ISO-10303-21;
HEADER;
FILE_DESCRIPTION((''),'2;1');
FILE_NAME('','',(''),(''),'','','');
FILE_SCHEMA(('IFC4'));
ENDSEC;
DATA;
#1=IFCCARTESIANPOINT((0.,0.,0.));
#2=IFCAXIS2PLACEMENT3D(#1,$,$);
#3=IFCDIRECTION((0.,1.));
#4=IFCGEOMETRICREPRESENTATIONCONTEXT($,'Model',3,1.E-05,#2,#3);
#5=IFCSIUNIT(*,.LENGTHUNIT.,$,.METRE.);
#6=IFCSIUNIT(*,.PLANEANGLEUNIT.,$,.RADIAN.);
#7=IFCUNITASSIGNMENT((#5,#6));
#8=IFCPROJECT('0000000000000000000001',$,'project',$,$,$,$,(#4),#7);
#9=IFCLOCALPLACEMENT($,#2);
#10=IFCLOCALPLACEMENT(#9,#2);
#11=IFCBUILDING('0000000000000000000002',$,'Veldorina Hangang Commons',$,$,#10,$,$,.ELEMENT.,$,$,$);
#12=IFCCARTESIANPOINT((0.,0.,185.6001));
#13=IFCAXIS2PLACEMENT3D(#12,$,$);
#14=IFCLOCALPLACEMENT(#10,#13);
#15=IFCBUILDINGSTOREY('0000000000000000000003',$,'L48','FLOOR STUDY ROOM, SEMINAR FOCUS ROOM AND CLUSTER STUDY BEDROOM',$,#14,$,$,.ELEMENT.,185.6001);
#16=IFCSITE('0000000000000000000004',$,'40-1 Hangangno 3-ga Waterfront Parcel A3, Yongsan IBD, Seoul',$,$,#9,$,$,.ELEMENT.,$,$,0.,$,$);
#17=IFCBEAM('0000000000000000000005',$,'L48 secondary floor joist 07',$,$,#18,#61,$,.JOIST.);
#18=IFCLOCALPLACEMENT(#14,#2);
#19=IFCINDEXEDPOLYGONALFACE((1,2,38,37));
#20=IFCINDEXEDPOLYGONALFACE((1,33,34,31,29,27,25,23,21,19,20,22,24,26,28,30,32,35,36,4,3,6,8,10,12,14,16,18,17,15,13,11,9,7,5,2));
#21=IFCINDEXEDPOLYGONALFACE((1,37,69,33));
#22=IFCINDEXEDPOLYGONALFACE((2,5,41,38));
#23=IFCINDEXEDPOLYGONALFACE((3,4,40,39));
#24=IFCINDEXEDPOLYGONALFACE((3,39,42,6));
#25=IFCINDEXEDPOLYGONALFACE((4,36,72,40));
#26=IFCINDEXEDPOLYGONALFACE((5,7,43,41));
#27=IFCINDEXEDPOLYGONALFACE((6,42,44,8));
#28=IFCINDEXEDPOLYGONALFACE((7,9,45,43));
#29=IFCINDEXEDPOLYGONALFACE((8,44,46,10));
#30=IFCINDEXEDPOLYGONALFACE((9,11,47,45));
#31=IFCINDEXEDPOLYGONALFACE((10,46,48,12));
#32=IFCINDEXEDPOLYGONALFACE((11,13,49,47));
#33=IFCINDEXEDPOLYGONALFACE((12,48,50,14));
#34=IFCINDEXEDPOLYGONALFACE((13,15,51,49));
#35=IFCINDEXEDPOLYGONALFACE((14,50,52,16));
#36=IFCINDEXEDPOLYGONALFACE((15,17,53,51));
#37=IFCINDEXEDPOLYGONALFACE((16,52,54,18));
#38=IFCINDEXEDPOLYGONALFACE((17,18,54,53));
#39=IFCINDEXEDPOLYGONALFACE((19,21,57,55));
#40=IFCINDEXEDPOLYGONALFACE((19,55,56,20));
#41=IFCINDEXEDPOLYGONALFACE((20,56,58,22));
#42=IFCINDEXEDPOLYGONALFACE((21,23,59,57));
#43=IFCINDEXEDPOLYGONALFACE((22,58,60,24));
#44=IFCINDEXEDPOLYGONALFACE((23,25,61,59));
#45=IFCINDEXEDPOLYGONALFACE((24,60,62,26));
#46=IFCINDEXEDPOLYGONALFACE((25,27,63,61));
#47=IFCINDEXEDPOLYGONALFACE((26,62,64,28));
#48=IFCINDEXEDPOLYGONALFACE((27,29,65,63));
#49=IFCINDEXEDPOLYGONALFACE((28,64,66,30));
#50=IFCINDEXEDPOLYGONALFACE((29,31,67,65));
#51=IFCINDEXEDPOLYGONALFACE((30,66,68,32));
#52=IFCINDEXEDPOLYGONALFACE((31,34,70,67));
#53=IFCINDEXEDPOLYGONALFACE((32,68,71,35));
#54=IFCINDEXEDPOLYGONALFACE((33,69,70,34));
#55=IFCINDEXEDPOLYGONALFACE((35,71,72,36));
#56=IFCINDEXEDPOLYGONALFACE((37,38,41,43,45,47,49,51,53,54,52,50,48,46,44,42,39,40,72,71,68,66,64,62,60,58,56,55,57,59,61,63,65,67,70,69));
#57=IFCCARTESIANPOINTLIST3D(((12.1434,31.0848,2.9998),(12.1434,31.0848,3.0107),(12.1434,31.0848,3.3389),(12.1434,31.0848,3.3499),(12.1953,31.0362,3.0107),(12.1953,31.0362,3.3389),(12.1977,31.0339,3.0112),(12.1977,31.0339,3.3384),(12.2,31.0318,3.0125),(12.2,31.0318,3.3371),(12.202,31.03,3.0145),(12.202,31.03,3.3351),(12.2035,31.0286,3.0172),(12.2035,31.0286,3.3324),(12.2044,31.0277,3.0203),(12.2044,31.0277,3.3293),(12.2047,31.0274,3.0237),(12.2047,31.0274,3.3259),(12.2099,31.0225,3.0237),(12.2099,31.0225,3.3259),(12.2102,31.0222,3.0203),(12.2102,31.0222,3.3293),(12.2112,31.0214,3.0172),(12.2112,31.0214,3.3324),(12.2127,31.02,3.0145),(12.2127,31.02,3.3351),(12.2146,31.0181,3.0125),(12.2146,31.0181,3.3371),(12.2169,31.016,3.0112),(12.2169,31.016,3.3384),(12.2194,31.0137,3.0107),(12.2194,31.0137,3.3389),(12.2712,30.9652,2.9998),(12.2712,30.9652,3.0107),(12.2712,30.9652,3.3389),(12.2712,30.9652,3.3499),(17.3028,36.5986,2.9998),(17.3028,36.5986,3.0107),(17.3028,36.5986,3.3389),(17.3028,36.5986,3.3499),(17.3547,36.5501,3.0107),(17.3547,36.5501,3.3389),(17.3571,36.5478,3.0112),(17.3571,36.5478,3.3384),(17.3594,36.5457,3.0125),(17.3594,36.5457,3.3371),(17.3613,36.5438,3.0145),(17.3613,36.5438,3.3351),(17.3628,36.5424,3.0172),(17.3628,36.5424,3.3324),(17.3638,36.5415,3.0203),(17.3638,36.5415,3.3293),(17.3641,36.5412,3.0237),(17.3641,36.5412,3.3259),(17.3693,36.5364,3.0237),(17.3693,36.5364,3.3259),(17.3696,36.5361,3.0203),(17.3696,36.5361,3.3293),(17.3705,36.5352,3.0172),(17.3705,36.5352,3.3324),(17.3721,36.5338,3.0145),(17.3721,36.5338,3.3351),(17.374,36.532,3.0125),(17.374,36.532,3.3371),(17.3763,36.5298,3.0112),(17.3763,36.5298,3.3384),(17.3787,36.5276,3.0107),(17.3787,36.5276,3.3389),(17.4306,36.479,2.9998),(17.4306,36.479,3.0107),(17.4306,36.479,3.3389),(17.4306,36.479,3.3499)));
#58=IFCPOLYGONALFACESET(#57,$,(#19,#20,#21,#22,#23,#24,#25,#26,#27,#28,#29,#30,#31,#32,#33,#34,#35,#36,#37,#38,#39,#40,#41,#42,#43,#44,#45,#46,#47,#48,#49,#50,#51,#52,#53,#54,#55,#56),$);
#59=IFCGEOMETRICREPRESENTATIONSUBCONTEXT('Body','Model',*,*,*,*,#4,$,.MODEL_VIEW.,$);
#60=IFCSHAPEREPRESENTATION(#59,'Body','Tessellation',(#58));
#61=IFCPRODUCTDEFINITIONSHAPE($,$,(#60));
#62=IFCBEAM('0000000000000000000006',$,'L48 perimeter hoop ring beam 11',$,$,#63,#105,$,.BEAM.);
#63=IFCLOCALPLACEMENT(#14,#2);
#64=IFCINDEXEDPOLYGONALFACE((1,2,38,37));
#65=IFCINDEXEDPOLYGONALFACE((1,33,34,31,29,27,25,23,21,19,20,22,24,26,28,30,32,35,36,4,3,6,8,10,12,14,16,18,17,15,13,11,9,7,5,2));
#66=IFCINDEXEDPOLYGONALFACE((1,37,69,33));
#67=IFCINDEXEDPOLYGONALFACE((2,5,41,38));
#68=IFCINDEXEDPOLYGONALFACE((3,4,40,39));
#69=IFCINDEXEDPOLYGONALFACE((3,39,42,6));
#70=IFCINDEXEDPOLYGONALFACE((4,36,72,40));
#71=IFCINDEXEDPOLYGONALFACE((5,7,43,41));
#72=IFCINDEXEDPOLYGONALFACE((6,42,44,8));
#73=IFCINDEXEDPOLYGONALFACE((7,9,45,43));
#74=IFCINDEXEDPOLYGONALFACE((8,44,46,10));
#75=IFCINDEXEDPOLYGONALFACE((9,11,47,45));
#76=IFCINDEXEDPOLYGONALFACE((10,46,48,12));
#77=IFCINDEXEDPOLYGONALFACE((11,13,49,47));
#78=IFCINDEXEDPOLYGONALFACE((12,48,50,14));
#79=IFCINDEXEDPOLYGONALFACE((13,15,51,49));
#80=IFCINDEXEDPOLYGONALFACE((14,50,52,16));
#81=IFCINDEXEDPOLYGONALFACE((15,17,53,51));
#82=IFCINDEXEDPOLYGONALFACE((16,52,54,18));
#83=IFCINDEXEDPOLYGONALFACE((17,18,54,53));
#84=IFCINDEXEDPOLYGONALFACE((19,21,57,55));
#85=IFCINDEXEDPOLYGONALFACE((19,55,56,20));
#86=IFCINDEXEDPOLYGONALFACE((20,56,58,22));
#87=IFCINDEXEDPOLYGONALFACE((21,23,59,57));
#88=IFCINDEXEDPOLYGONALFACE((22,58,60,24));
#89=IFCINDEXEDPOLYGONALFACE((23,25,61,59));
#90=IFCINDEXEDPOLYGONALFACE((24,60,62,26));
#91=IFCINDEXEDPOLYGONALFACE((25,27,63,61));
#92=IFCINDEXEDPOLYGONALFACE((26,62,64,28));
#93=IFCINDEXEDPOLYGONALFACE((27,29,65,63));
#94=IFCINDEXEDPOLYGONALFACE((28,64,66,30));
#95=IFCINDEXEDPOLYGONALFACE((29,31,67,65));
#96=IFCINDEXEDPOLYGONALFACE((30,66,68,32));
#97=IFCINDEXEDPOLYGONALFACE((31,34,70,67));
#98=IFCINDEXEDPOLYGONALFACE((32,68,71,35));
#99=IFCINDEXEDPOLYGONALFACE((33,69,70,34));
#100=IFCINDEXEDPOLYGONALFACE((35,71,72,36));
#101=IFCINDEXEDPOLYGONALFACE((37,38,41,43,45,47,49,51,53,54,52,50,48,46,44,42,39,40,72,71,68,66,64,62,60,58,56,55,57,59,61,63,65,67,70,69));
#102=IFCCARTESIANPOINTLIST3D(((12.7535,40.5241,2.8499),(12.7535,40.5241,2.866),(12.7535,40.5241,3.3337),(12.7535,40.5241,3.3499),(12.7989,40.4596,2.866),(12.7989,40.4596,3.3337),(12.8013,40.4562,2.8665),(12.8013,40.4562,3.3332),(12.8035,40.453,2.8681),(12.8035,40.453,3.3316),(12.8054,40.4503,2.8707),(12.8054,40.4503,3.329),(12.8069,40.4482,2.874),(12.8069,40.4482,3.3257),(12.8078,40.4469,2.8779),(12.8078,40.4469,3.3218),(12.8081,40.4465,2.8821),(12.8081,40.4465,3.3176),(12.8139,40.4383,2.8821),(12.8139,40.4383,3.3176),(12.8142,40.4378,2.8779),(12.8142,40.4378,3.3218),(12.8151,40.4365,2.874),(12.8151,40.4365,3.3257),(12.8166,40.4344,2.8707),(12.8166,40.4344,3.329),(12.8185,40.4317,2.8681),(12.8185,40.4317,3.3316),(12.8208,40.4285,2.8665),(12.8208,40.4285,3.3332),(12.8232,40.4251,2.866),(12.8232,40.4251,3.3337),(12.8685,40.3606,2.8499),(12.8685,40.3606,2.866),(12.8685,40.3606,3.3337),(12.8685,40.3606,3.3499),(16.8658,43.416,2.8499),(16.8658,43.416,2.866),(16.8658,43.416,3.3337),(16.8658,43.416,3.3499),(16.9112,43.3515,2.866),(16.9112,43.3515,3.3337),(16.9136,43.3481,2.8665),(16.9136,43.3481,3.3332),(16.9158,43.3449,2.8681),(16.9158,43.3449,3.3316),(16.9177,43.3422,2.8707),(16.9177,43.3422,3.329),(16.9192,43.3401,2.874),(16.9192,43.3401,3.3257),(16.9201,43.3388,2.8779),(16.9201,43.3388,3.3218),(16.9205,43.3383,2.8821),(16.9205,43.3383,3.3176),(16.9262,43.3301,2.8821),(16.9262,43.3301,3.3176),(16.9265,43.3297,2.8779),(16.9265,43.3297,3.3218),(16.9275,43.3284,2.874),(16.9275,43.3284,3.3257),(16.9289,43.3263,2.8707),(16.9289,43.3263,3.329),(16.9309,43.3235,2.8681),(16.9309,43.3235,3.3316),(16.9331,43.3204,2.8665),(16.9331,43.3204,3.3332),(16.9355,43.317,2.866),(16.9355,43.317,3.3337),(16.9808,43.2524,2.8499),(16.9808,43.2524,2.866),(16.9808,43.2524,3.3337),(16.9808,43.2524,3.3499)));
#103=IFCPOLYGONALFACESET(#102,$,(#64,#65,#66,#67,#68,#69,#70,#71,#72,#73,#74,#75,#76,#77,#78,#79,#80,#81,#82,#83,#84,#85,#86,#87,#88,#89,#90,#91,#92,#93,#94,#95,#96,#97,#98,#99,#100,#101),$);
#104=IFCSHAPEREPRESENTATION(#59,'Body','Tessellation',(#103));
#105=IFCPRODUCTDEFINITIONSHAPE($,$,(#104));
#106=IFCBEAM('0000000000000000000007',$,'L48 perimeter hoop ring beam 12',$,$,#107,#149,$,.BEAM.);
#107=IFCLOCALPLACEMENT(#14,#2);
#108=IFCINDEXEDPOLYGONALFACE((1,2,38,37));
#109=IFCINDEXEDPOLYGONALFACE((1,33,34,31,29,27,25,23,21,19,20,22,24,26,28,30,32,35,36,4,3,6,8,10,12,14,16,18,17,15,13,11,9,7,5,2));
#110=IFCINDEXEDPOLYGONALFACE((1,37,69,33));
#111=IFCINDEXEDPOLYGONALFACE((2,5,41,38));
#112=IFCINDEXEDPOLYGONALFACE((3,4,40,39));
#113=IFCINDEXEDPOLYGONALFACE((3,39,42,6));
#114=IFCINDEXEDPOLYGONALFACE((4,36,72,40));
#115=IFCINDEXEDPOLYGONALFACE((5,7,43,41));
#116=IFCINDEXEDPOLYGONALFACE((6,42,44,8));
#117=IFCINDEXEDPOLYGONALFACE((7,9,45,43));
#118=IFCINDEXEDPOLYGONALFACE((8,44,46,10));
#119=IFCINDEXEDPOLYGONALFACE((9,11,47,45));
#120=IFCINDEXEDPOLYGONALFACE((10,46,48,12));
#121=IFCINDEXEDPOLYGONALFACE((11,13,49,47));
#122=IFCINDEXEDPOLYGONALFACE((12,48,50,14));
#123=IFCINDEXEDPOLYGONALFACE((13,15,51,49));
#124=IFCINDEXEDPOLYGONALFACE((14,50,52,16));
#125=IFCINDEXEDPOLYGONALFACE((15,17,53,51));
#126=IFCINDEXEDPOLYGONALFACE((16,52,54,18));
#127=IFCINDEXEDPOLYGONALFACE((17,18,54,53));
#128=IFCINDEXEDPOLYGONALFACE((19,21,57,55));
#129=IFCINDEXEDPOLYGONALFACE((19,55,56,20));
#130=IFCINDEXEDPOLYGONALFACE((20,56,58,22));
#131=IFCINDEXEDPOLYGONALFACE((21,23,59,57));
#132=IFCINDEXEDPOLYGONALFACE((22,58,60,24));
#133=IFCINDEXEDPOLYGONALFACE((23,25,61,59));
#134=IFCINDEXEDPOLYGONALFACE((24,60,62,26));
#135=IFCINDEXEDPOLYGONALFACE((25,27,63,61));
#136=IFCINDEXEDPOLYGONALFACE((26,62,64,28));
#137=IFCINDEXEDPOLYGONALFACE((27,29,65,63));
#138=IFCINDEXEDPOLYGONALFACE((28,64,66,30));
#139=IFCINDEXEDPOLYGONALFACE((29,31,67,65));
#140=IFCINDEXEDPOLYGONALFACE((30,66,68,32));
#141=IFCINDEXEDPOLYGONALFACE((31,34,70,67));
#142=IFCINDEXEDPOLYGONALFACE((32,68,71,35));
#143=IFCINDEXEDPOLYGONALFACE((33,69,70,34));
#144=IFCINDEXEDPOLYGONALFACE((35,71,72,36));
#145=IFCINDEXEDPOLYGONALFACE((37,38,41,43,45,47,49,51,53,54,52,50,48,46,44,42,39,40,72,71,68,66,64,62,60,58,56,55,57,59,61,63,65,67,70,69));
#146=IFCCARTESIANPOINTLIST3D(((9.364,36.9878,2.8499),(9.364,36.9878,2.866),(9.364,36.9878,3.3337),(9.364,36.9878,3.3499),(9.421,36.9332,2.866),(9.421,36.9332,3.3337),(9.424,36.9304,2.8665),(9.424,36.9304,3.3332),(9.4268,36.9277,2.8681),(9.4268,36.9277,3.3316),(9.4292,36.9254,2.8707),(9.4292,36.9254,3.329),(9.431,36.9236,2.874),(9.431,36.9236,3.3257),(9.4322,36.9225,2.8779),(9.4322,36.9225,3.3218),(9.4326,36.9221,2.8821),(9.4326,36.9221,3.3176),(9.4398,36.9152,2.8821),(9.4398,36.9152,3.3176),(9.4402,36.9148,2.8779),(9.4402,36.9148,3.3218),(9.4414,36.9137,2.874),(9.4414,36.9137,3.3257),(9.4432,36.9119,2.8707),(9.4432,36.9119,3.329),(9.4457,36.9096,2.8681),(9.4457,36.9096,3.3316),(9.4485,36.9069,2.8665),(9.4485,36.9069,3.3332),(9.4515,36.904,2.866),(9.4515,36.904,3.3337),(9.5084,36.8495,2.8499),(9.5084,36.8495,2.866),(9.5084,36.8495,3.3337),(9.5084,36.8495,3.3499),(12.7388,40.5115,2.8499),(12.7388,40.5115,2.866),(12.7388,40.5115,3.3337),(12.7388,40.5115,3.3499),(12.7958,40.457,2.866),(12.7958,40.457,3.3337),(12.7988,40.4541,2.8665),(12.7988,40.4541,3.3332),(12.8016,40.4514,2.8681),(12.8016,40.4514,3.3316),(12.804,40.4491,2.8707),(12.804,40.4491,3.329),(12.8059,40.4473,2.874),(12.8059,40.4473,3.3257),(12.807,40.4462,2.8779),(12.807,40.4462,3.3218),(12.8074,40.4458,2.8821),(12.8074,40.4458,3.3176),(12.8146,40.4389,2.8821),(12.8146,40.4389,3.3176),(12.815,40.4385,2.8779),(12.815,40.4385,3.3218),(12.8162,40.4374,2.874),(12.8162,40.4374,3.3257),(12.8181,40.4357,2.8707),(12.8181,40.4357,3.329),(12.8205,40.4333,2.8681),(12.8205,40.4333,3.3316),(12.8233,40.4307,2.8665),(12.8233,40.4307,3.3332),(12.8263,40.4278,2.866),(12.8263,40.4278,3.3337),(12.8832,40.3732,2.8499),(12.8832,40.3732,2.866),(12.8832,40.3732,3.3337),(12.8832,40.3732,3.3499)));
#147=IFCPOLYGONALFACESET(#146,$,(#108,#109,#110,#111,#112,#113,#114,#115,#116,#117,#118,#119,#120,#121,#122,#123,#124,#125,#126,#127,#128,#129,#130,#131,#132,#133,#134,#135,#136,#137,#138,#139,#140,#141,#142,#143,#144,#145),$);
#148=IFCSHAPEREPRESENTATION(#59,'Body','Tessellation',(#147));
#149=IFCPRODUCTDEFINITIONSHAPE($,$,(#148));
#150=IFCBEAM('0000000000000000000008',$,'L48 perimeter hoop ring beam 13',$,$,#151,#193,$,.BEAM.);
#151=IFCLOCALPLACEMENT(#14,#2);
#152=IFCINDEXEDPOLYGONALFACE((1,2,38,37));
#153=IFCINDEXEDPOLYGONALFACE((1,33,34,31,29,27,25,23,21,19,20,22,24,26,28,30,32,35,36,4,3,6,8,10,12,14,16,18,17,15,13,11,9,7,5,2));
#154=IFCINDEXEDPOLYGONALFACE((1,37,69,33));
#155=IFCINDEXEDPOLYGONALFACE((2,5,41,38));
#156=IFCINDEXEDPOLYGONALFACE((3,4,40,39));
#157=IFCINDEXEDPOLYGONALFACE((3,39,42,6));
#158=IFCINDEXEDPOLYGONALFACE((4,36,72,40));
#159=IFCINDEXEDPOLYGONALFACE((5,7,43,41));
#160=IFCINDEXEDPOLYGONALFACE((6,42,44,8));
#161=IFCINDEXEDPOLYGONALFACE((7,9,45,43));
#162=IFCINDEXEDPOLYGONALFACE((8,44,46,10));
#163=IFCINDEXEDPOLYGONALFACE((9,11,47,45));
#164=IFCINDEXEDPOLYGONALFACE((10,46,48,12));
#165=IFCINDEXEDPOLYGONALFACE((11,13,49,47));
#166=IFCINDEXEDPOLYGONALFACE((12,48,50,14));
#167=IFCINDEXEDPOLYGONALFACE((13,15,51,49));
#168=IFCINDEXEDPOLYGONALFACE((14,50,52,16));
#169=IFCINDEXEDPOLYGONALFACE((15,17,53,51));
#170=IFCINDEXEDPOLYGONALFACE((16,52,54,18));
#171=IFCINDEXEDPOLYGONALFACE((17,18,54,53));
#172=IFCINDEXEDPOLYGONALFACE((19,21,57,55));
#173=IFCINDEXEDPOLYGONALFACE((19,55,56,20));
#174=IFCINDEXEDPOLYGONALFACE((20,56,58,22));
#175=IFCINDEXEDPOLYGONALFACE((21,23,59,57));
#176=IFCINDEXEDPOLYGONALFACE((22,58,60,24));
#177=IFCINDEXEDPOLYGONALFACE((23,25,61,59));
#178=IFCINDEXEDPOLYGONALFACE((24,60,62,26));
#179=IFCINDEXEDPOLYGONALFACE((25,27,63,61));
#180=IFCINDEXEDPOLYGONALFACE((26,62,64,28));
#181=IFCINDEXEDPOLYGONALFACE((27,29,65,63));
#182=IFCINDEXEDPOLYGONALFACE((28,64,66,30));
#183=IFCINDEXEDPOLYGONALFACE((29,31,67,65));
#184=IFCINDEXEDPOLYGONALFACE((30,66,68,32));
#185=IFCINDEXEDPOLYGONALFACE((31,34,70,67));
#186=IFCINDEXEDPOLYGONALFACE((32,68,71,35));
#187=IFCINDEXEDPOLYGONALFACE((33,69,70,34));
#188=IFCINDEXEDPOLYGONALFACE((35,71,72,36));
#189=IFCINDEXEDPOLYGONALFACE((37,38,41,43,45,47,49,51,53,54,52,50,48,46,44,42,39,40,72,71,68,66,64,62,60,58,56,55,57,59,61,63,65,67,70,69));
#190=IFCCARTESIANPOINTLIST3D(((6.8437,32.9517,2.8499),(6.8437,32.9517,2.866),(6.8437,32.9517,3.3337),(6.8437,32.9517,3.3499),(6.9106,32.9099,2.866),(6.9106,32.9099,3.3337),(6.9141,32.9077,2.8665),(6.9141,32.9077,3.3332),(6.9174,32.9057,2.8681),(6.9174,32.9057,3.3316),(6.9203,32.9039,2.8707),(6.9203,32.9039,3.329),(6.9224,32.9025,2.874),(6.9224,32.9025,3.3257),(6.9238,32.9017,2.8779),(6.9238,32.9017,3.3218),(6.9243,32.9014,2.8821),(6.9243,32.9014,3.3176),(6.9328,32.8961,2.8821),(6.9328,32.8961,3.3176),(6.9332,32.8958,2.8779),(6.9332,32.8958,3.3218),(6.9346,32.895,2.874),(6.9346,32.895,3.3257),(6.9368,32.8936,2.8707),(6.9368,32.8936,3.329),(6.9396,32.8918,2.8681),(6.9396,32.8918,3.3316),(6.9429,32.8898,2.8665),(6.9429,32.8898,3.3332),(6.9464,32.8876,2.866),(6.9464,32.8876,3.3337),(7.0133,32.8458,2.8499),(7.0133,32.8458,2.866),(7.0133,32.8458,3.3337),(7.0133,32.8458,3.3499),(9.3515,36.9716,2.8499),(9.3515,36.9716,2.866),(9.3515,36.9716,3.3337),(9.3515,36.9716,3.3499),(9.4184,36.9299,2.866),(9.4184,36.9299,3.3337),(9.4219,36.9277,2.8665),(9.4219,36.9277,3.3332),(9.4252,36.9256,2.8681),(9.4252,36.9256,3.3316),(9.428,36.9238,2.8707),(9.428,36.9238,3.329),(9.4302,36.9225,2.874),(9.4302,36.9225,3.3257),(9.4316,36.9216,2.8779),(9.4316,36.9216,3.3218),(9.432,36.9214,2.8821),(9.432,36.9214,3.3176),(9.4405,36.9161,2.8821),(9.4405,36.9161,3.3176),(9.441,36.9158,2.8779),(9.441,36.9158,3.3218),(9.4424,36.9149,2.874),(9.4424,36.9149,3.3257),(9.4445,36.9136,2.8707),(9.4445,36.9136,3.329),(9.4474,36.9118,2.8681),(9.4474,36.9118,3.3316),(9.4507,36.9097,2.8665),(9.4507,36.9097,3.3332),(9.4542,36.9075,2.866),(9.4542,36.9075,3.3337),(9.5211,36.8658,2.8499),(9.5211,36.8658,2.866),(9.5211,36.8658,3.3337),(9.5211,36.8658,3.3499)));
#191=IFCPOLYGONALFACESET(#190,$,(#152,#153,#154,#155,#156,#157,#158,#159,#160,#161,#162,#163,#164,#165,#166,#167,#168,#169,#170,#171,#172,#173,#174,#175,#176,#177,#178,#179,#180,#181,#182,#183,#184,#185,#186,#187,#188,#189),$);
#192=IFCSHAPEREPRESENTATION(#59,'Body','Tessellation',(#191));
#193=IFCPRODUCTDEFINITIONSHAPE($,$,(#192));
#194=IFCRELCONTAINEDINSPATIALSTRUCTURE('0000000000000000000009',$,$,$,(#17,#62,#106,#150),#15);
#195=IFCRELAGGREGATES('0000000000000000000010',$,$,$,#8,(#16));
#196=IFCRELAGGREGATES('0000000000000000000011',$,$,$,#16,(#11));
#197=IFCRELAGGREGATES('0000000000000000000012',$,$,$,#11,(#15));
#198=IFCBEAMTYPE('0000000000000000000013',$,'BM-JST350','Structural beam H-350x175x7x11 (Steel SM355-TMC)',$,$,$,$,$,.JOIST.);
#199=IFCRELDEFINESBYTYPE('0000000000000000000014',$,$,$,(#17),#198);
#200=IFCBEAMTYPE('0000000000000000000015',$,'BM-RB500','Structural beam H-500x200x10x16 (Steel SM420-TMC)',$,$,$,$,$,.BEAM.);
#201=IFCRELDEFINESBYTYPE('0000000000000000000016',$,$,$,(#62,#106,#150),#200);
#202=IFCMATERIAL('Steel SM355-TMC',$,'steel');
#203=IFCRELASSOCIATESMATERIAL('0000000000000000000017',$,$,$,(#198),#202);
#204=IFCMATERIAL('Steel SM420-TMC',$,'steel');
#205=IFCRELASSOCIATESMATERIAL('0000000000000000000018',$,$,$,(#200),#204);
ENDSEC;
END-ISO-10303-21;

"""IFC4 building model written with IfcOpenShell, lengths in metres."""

from ifc_helpers import new_model, si_unit, direction, frame, origin, origin_2d, place, context, subcontext, project, spatial, i_section, extrude, material, material_profile, profile_set, type_object, element, save


model = new_model("IFC4")

# Units and contexts
model_context = context("Model", 3, precision=1e-05, world=origin(), true_north=direction((0.0, 1.0)))
body_context = subcontext(model_context, "Body", "Model", "MODEL_VIEW")
ifc_project = project(units=[si_unit("LENGTHUNIT", "METRE"), si_unit("PLANEANGLEUNIT", "RADIAN")], contexts=[model_context])

# Site, building, storey
site_placement = place(None, origin())
site = spatial("IfcSite", under=ifc_project, at=site_placement, Name="40-1 Hangangno 3-ga Waterfront Parcel A3, Yongsan IBD, Seoul", CompositionType="ELEMENT", RefElevation=0.0)
building_placement = place(site_placement, origin())
building = spatial("IfcBuilding", under=site, at=building_placement, Name="Veldorina Hangang Commons", CompositionType="ELEMENT")
storey_placement = place(building_placement, frame((0.0, 0.0, 185.6001)))
storey = spatial("IfcBuildingStorey", under=building, at=storey_placement, Name="L48", Description="FLOOR STUDY ROOM, SEMINAR FOCUS ROOM AND CLUSTER STUDY BEDROOM", CompositionType="ELEMENT", Elevation=185.6001)

# Beams
ifc_material_1 = material(Name="Steel SM355-TMC", Category="steel")
ifc_material_profile_1 = material_profile(ifc_material_1, i_section(OverallWidth=0.175, OverallDepth=0.3501, WebThickness=0.0071, FlangeThickness=0.011, FilletRadius=0.0129, at=origin_2d()), Name="H-350x175x7x11")
ifc_profile_set_1 = profile_set([ifc_material_profile_1], Name="Steel SM355-TMC")
beam_type_1 = type_object("IfcBeamType", Name="BM-JST350", Description="Structural beam H-350x175x7x11 (Steel SM355-TMC)", PredefinedType="JOIST", material=ifc_profile_set_1)
beam_1_placement = place(storey_placement, frame((17.3667, 36.5388, 3.1748), z_axis=(-0.683245, -0.730189, 0.0), x_axis=(0.730189, -0.683245, 0.0)))
element("IfcBeam", 1, at=beam_1_placement, inside=storey, type_object=beam_type_1, Name="L48 secondary floor joist 07", PredefinedType="JOIST", context=body_context, shape_type="SweptSolid", body=[
    extrude(i_section(OverallWidth=0.175, OverallDepth=0.3501, WebThickness=0.0071, FlangeThickness=0.011, FilletRadius=0.0129, at=origin_2d()), origin(), (0.0, 0.0, 1.0), 7.5513),
])
ifc_material_2 = material(Name="Steel SM420-TMC", Category="steel")
ifc_material_profile_2 = material_profile(ifc_material_2, i_section(OverallWidth=0.2, OverallDepth=0.5, WebThickness=0.01, FlangeThickness=0.0161, FilletRadius=0.0161, at=origin_2d()), Name="H-500x200x10x16")
ifc_profile_set_2 = profile_set([ifc_material_profile_2], Name="Steel SM420-TMC")
beam_type_2 = type_object("IfcBeamType", Name="BM-RB500", Description="Structural beam H-500x200x10x16 (Steel SM420-TMC)", PredefinedType="BEAM", material=ifc_profile_set_2)
beam_2_placement = place(storey_placement, frame((16.9233, 43.3342, 3.0999), z_axis=(-0.817993, -0.575228, 0.0), x_axis=(0.575228, -0.817993, 0.0)))
element("IfcBeam", 2, at=beam_2_placement, inside=storey, type_object=beam_type_2, Name="L48 perimeter hoop ring beam 11", PredefinedType="BEAM", context=body_context, shape_type="SweptSolid", body=[
    extrude(i_section(OverallWidth=0.2, OverallDepth=0.5, WebThickness=0.01, FlangeThickness=0.0161, FilletRadius=0.0161, at=origin_2d()), origin(), (0.0, 0.0, 1.0), 5.0273),
])
beam_3_placement = place(storey_placement, frame((12.811, 40.4424, 3.0999), z_axis=(-0.69168, -0.722204, 0.0), x_axis=(0.722204, -0.69168, 0.0)))
element("IfcBeam", 3, at=beam_3_placement, inside=storey, type_object=beam_type_2, Name="L48 perimeter hoop ring beam 12", PredefinedType="BEAM", context=body_context, shape_type="SweptSolid", body=[
    extrude(i_section(OverallWidth=0.2, OverallDepth=0.5, WebThickness=0.01, FlangeThickness=0.0161, FilletRadius=0.0161, at=origin_2d()), origin(), (0.0, 0.0, 1.0), 4.8792),
])
beam_4_placement = place(storey_placement, frame((9.4363, 36.9187, 3.0999), z_axis=(-0.529285, -0.848444, 0.0), x_axis=(0.848444, -0.529285, 0.0)))
element("IfcBeam", 4, at=beam_4_placement, inside=storey, type_object=beam_type_2, Name="L48 perimeter hoop ring beam 13", PredefinedType="BEAM", context=body_context, shape_type="SweptSolid", body=[
    extrude(i_section(OverallWidth=0.2, OverallDepth=0.5, WebThickness=0.01, FlangeThickness=0.0161, FilletRadius=0.0161, at=origin_2d()), origin(), (0.0, 0.0, 1.0), 4.738),
])

save(model, "model.ifc")
